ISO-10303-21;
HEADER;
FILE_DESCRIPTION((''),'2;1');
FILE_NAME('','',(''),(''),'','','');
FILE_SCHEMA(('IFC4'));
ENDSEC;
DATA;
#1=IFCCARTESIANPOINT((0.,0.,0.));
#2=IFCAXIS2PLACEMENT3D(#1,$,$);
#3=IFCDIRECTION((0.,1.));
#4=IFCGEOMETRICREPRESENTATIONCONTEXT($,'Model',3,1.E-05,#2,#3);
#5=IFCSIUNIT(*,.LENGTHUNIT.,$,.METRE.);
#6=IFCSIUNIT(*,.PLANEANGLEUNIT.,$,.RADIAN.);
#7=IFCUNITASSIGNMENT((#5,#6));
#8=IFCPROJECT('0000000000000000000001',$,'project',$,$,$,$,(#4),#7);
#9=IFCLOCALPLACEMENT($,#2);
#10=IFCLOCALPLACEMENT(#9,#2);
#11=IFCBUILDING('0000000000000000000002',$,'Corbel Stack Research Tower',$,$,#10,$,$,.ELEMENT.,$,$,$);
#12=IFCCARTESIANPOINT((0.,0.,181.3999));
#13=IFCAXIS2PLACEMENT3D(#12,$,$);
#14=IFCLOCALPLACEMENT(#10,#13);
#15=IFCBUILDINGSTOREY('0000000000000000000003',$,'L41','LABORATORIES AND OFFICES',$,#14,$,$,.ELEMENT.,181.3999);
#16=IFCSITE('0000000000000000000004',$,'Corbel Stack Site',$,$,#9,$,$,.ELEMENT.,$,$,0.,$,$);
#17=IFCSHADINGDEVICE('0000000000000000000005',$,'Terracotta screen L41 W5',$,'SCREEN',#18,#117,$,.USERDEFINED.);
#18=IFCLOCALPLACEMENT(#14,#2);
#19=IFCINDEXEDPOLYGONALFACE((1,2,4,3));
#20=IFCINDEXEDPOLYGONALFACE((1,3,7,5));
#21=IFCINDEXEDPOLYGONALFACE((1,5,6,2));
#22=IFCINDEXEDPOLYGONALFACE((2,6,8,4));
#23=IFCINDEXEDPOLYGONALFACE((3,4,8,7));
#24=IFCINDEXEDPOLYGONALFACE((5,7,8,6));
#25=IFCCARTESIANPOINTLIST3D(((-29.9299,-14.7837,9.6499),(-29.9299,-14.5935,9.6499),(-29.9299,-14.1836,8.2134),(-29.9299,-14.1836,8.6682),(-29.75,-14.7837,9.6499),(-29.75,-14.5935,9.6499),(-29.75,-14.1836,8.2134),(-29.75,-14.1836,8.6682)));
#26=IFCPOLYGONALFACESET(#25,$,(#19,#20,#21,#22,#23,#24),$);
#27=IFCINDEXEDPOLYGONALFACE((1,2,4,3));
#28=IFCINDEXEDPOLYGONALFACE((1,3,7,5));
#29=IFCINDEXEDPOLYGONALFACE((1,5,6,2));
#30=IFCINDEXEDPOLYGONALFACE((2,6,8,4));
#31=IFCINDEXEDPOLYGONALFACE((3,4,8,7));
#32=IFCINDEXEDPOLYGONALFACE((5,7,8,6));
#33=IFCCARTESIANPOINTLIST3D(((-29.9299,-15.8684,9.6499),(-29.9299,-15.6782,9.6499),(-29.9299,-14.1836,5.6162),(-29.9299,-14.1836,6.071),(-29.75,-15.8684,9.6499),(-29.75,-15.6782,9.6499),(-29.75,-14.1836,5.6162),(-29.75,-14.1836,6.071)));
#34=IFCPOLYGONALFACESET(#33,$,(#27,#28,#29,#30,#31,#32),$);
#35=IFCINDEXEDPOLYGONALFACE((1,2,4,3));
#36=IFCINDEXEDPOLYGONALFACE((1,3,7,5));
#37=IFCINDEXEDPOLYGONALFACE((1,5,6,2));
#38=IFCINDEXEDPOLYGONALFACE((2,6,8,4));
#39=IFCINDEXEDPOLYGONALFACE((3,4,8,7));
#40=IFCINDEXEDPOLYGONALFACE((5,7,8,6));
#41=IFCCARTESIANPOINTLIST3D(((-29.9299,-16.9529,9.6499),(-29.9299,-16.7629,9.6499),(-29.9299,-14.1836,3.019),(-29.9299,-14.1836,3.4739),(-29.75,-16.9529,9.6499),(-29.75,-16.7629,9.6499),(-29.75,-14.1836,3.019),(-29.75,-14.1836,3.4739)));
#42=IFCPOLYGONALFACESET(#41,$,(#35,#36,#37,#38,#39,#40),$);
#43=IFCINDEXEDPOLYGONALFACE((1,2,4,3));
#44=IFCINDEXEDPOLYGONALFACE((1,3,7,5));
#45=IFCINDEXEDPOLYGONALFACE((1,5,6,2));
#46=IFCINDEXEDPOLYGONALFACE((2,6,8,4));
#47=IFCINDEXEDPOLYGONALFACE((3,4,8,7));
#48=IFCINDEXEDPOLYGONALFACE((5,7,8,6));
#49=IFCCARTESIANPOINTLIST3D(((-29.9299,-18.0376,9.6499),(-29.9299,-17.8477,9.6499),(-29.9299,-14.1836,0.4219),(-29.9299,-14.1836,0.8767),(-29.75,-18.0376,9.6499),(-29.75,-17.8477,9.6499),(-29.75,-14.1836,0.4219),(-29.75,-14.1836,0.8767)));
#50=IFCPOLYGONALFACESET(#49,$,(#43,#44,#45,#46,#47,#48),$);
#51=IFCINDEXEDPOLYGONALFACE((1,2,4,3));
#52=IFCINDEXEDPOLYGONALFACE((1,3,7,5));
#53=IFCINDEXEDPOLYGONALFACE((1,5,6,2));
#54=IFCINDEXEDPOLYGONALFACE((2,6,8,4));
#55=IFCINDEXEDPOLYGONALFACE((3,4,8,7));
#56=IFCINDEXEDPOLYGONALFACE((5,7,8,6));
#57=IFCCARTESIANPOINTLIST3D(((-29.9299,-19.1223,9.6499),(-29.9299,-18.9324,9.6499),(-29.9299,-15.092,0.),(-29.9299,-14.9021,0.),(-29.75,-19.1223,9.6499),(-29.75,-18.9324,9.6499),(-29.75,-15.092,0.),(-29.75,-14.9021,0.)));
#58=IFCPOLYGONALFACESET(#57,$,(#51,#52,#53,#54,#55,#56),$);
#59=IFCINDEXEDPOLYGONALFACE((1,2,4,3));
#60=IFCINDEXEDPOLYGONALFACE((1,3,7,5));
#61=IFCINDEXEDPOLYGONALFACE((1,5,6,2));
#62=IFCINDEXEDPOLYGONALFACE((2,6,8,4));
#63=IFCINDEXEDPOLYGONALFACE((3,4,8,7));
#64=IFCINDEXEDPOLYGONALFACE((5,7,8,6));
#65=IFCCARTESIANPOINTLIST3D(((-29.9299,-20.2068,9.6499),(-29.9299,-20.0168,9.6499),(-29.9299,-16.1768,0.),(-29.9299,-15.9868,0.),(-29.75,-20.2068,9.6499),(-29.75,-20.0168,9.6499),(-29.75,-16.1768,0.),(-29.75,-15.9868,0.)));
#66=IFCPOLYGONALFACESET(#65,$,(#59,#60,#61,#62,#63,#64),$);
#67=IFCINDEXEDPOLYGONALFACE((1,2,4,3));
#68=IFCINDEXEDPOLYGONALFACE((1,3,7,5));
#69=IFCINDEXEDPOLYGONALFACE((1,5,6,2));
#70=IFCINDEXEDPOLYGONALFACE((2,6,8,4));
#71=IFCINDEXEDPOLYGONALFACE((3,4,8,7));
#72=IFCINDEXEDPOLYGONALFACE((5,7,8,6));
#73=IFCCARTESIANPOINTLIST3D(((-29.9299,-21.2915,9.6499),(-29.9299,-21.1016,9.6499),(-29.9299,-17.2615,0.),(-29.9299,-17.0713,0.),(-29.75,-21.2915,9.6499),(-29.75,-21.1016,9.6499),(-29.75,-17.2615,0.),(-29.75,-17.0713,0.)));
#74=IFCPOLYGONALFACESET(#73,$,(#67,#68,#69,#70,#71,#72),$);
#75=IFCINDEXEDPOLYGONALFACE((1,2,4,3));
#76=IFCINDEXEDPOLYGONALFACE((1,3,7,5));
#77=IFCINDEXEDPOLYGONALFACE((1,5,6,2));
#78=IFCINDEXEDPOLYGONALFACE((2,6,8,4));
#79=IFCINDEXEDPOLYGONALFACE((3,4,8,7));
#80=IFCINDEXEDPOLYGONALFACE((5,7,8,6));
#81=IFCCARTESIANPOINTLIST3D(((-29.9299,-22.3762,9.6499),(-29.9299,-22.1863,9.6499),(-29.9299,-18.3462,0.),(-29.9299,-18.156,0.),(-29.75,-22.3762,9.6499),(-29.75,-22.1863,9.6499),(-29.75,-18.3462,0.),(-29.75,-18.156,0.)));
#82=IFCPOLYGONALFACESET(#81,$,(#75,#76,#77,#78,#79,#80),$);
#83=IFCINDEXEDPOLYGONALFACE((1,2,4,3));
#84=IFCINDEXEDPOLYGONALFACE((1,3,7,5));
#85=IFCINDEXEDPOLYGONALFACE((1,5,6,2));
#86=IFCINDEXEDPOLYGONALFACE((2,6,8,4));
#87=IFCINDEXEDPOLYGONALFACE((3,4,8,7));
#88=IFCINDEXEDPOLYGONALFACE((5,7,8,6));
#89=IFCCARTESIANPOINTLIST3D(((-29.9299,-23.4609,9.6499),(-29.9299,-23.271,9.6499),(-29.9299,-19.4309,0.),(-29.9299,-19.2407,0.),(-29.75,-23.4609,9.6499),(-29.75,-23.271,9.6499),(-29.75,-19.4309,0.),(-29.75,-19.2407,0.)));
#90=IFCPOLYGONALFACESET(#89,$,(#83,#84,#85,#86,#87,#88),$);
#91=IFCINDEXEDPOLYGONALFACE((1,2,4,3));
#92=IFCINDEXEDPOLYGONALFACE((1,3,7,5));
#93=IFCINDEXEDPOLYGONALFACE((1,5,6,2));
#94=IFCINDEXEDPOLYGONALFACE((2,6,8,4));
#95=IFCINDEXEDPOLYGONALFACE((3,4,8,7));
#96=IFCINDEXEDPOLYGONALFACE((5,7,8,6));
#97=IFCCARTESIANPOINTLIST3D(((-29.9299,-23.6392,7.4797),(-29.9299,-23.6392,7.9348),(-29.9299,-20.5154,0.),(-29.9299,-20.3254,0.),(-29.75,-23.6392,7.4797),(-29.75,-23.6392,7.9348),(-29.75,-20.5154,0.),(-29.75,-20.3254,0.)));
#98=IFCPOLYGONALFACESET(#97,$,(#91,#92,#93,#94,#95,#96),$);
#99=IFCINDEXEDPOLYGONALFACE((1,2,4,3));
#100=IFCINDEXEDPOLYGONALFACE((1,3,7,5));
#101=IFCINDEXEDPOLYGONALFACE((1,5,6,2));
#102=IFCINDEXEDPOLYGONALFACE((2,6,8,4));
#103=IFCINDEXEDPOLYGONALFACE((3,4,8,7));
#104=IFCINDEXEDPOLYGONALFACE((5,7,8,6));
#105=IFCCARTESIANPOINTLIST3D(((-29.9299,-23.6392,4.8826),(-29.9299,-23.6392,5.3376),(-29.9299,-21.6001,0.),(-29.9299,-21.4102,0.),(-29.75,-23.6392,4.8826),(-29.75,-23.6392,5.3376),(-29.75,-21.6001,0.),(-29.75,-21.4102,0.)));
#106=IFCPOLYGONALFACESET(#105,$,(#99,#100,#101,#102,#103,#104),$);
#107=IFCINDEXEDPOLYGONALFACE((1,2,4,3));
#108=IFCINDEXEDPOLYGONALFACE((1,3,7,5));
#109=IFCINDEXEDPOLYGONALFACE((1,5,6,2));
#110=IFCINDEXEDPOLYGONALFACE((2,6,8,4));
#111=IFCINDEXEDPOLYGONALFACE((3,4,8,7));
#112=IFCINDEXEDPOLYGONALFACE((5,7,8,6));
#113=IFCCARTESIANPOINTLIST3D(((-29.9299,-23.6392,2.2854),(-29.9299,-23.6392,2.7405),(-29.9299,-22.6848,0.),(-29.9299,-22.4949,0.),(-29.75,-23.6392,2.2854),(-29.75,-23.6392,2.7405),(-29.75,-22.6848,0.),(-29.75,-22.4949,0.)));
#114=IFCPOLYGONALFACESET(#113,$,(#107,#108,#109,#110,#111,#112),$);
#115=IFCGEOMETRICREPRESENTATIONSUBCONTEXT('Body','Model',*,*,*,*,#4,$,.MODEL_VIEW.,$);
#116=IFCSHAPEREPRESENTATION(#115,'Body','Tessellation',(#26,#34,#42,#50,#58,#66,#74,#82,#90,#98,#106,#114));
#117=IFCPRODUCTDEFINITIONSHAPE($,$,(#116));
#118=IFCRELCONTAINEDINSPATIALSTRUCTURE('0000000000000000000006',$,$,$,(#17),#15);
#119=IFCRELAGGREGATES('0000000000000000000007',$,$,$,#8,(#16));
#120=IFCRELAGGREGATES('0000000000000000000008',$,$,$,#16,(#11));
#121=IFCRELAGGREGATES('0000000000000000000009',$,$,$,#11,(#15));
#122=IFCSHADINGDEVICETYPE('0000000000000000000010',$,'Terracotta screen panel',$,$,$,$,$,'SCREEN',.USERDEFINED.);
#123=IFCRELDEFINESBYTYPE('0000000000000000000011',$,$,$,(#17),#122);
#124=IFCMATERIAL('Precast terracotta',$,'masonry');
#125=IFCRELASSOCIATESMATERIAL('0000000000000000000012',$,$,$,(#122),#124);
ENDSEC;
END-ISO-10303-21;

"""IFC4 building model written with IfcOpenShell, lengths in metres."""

from ifc_helpers import new_model, si_unit, direction, frame, origin, place, context, subcontext, project, spatial, polyline, outline, extrude, source, transform, mapped, material, type_object, element, save


model = new_model("IFC4")

# Units and contexts
model_context = context("Model", 3, precision=1e-05, world=origin(), true_north=direction((0.0, 1.0)))
body_context = subcontext(model_context, "Body", "Model", "MODEL_VIEW")
ifc_project = project(units=[si_unit("LENGTHUNIT", "METRE"), si_unit("PLANEANGLEUNIT", "RADIAN")], contexts=[model_context])

# Site, building, storey
site_placement = place(None, origin())
site = spatial("IfcSite", under=ifc_project, at=site_placement, Name="Corbel Stack Site", CompositionType="ELEMENT", RefElevation=0.0)
building_placement = place(site_placement, origin())
building = spatial("IfcBuilding", under=site, at=building_placement, Name="Corbel Stack Research Tower", CompositionType="ELEMENT")
storey_placement = place(building_placement, frame((0.0, 0.0, 181.3999)))
storey = spatial("IfcBuildingStorey", under=building, at=storey_placement, Name="L41", Description="LABORATORIES AND OFFICES", CompositionType="ELEMENT", Elevation=181.3999)

# Shading device
ifc_material_1 = material(Name="Precast terracotta", Category="masonry")
shading_device_type = type_object("IfcShadingDeviceType", Name="Terracotta screen panel", ElementType="SCREEN", PredefinedType="USERDEFINED", material=ifc_material_1)
shared_shape_1 = source(origin(), body_context, "Body", "SweptSolid", [
    extrude(outline(polyline([(0.6001, 9.6499), (0.4099, 9.6499), (0.0, 8.6682), (0.0, 8.2134), (0.6001, 9.6499)])), frame((0.0, 0.0, 0.0), z_axis=(0.0, -1.0, 0.0), x_axis=(1.0, 0.0, 0.0)), (0.0, 0.0, 1.0), 0.1799),
    extrude(outline(polyline([(1.6848, 9.6499), (1.4946, 9.6499), (0.0, 6.071), (0.0, 5.6162), (1.6848, 9.6499)])), frame((0.0, 0.0, 0.0), z_axis=(0.0, -1.0, 0.0), x_axis=(1.0, 0.0, 0.0)), (0.0, 0.0, 1.0), 0.1799),
    extrude(outline(polyline([(2.7693, 9.6499), (2.5793, 9.6499), (0.0, 3.4739), (0.0, 3.019), (2.7693, 9.6499)])), frame((0.0, 0.0, 0.0), z_axis=(0.0, -1.0, 0.0), x_axis=(1.0, 0.0, 0.0)), (0.0, 0.0, 1.0), 0.1799),
    extrude(outline(polyline([(3.854, 9.6499), (3.6641, 9.6499), (0.0, 0.8767), (0.0, 0.4219), (3.854, 9.6499)])), frame((0.0, 0.0, 0.0), z_axis=(0.0, -1.0, 0.0), x_axis=(1.0, 0.0, 0.0)), (0.0, 0.0, 1.0), 0.1799),
    extrude(outline(polyline([(0.9084, 0.0), (4.9387, 9.6499), (4.7488, 9.6499), (0.7185, 0.0), (0.9084, 0.0)])), frame((0.0, 0.0, 0.0), z_axis=(0.0, -1.0, 0.0), x_axis=(1.0, 0.0, 0.0)), (0.0, 0.0, 1.0), 0.1799),
    extrude(outline(polyline([(1.9932, 0.0), (6.0232, 9.6499), (5.8333, 9.6499), (1.8032, 0.0), (1.9932, 0.0)])), frame((0.0, 0.0, 0.0), z_axis=(0.0, -1.0, 0.0), x_axis=(1.0, 0.0, 0.0)), (0.0, 0.0, 1.0), 0.1799),
    extrude(outline(polyline([(3.0779, 0.0), (7.1079, 9.6499), (6.918, 9.6499), (2.8877, 0.0), (3.0779, 0.0)])), frame((0.0, 0.0, 0.0), z_axis=(0.0, -1.0, 0.0), x_axis=(1.0, 0.0, 0.0)), (0.0, 0.0, 1.0), 0.1799),
    extrude(outline(polyline([(4.1626, 0.0), (8.1926, 9.6499), (8.0027, 9.6499), (3.9724, 0.0), (4.1626, 0.0)])), frame((0.0, 0.0, 0.0), z_axis=(0.0, -1.0, 0.0), x_axis=(1.0, 0.0, 0.0)), (0.0, 0.0, 1.0), 0.1799),
    extrude(outline(polyline([(5.2473, 0.0), (9.2773, 9.6499), (9.0874, 9.6499), (5.0571, 0.0), (5.2473, 0.0)])), frame((0.0, 0.0, 0.0), z_axis=(0.0, -1.0, 0.0), x_axis=(1.0, 0.0, 0.0)), (0.0, 0.0, 1.0), 0.1799),
    extrude(outline(polyline([(6.3318, 0.0), (9.4556, 7.4797), (9.4556, 7.9348), (6.1418, 0.0), (6.3318, 0.0)])), frame((0.0, 0.0, 0.0), z_axis=(0.0, -1.0, 0.0), x_axis=(1.0, 0.0, 0.0)), (0.0, 0.0, 1.0), 0.1799),
    extrude(outline(polyline([(7.4165, 0.0), (9.4556, 4.8826), (9.4556, 5.3376), (7.2266, 0.0), (7.4165, 0.0)])), frame((0.0, 0.0, 0.0), z_axis=(0.0, -1.0, 0.0), x_axis=(1.0, 0.0, 0.0)), (0.0, 0.0, 1.0), 0.1799),
    extrude(outline(polyline([(8.5012, 0.0), (9.4556, 2.2854), (9.4556, 2.7405), (8.3113, 0.0), (8.5012, 0.0)])), frame((0.0, 0.0, 0.0), z_axis=(0.0, -1.0, 0.0), x_axis=(1.0, 0.0, 0.0)), (0.0, 0.0, 1.0), 0.1799),
])
shading_device_1_placement = place(storey_placement, frame((-29.75, -14.1836, 0.0), z_axis=(0.0, 0.0, 1.0), x_axis=(0.0, -1.0, 0.0)))
element("IfcShadingDevice", 1, at=shading_device_1_placement, inside=storey, type_object=shading_device_type, Name="Terracotta screen L41 W5", ObjectType="SCREEN", PredefinedType="USERDEFINED", context=body_context, shape_type="MappedRepresentation", body=[
    mapped(shared_shape_1, transform((0.0, 0.0, 0.0))),
])

save(model, "model.ifc")
